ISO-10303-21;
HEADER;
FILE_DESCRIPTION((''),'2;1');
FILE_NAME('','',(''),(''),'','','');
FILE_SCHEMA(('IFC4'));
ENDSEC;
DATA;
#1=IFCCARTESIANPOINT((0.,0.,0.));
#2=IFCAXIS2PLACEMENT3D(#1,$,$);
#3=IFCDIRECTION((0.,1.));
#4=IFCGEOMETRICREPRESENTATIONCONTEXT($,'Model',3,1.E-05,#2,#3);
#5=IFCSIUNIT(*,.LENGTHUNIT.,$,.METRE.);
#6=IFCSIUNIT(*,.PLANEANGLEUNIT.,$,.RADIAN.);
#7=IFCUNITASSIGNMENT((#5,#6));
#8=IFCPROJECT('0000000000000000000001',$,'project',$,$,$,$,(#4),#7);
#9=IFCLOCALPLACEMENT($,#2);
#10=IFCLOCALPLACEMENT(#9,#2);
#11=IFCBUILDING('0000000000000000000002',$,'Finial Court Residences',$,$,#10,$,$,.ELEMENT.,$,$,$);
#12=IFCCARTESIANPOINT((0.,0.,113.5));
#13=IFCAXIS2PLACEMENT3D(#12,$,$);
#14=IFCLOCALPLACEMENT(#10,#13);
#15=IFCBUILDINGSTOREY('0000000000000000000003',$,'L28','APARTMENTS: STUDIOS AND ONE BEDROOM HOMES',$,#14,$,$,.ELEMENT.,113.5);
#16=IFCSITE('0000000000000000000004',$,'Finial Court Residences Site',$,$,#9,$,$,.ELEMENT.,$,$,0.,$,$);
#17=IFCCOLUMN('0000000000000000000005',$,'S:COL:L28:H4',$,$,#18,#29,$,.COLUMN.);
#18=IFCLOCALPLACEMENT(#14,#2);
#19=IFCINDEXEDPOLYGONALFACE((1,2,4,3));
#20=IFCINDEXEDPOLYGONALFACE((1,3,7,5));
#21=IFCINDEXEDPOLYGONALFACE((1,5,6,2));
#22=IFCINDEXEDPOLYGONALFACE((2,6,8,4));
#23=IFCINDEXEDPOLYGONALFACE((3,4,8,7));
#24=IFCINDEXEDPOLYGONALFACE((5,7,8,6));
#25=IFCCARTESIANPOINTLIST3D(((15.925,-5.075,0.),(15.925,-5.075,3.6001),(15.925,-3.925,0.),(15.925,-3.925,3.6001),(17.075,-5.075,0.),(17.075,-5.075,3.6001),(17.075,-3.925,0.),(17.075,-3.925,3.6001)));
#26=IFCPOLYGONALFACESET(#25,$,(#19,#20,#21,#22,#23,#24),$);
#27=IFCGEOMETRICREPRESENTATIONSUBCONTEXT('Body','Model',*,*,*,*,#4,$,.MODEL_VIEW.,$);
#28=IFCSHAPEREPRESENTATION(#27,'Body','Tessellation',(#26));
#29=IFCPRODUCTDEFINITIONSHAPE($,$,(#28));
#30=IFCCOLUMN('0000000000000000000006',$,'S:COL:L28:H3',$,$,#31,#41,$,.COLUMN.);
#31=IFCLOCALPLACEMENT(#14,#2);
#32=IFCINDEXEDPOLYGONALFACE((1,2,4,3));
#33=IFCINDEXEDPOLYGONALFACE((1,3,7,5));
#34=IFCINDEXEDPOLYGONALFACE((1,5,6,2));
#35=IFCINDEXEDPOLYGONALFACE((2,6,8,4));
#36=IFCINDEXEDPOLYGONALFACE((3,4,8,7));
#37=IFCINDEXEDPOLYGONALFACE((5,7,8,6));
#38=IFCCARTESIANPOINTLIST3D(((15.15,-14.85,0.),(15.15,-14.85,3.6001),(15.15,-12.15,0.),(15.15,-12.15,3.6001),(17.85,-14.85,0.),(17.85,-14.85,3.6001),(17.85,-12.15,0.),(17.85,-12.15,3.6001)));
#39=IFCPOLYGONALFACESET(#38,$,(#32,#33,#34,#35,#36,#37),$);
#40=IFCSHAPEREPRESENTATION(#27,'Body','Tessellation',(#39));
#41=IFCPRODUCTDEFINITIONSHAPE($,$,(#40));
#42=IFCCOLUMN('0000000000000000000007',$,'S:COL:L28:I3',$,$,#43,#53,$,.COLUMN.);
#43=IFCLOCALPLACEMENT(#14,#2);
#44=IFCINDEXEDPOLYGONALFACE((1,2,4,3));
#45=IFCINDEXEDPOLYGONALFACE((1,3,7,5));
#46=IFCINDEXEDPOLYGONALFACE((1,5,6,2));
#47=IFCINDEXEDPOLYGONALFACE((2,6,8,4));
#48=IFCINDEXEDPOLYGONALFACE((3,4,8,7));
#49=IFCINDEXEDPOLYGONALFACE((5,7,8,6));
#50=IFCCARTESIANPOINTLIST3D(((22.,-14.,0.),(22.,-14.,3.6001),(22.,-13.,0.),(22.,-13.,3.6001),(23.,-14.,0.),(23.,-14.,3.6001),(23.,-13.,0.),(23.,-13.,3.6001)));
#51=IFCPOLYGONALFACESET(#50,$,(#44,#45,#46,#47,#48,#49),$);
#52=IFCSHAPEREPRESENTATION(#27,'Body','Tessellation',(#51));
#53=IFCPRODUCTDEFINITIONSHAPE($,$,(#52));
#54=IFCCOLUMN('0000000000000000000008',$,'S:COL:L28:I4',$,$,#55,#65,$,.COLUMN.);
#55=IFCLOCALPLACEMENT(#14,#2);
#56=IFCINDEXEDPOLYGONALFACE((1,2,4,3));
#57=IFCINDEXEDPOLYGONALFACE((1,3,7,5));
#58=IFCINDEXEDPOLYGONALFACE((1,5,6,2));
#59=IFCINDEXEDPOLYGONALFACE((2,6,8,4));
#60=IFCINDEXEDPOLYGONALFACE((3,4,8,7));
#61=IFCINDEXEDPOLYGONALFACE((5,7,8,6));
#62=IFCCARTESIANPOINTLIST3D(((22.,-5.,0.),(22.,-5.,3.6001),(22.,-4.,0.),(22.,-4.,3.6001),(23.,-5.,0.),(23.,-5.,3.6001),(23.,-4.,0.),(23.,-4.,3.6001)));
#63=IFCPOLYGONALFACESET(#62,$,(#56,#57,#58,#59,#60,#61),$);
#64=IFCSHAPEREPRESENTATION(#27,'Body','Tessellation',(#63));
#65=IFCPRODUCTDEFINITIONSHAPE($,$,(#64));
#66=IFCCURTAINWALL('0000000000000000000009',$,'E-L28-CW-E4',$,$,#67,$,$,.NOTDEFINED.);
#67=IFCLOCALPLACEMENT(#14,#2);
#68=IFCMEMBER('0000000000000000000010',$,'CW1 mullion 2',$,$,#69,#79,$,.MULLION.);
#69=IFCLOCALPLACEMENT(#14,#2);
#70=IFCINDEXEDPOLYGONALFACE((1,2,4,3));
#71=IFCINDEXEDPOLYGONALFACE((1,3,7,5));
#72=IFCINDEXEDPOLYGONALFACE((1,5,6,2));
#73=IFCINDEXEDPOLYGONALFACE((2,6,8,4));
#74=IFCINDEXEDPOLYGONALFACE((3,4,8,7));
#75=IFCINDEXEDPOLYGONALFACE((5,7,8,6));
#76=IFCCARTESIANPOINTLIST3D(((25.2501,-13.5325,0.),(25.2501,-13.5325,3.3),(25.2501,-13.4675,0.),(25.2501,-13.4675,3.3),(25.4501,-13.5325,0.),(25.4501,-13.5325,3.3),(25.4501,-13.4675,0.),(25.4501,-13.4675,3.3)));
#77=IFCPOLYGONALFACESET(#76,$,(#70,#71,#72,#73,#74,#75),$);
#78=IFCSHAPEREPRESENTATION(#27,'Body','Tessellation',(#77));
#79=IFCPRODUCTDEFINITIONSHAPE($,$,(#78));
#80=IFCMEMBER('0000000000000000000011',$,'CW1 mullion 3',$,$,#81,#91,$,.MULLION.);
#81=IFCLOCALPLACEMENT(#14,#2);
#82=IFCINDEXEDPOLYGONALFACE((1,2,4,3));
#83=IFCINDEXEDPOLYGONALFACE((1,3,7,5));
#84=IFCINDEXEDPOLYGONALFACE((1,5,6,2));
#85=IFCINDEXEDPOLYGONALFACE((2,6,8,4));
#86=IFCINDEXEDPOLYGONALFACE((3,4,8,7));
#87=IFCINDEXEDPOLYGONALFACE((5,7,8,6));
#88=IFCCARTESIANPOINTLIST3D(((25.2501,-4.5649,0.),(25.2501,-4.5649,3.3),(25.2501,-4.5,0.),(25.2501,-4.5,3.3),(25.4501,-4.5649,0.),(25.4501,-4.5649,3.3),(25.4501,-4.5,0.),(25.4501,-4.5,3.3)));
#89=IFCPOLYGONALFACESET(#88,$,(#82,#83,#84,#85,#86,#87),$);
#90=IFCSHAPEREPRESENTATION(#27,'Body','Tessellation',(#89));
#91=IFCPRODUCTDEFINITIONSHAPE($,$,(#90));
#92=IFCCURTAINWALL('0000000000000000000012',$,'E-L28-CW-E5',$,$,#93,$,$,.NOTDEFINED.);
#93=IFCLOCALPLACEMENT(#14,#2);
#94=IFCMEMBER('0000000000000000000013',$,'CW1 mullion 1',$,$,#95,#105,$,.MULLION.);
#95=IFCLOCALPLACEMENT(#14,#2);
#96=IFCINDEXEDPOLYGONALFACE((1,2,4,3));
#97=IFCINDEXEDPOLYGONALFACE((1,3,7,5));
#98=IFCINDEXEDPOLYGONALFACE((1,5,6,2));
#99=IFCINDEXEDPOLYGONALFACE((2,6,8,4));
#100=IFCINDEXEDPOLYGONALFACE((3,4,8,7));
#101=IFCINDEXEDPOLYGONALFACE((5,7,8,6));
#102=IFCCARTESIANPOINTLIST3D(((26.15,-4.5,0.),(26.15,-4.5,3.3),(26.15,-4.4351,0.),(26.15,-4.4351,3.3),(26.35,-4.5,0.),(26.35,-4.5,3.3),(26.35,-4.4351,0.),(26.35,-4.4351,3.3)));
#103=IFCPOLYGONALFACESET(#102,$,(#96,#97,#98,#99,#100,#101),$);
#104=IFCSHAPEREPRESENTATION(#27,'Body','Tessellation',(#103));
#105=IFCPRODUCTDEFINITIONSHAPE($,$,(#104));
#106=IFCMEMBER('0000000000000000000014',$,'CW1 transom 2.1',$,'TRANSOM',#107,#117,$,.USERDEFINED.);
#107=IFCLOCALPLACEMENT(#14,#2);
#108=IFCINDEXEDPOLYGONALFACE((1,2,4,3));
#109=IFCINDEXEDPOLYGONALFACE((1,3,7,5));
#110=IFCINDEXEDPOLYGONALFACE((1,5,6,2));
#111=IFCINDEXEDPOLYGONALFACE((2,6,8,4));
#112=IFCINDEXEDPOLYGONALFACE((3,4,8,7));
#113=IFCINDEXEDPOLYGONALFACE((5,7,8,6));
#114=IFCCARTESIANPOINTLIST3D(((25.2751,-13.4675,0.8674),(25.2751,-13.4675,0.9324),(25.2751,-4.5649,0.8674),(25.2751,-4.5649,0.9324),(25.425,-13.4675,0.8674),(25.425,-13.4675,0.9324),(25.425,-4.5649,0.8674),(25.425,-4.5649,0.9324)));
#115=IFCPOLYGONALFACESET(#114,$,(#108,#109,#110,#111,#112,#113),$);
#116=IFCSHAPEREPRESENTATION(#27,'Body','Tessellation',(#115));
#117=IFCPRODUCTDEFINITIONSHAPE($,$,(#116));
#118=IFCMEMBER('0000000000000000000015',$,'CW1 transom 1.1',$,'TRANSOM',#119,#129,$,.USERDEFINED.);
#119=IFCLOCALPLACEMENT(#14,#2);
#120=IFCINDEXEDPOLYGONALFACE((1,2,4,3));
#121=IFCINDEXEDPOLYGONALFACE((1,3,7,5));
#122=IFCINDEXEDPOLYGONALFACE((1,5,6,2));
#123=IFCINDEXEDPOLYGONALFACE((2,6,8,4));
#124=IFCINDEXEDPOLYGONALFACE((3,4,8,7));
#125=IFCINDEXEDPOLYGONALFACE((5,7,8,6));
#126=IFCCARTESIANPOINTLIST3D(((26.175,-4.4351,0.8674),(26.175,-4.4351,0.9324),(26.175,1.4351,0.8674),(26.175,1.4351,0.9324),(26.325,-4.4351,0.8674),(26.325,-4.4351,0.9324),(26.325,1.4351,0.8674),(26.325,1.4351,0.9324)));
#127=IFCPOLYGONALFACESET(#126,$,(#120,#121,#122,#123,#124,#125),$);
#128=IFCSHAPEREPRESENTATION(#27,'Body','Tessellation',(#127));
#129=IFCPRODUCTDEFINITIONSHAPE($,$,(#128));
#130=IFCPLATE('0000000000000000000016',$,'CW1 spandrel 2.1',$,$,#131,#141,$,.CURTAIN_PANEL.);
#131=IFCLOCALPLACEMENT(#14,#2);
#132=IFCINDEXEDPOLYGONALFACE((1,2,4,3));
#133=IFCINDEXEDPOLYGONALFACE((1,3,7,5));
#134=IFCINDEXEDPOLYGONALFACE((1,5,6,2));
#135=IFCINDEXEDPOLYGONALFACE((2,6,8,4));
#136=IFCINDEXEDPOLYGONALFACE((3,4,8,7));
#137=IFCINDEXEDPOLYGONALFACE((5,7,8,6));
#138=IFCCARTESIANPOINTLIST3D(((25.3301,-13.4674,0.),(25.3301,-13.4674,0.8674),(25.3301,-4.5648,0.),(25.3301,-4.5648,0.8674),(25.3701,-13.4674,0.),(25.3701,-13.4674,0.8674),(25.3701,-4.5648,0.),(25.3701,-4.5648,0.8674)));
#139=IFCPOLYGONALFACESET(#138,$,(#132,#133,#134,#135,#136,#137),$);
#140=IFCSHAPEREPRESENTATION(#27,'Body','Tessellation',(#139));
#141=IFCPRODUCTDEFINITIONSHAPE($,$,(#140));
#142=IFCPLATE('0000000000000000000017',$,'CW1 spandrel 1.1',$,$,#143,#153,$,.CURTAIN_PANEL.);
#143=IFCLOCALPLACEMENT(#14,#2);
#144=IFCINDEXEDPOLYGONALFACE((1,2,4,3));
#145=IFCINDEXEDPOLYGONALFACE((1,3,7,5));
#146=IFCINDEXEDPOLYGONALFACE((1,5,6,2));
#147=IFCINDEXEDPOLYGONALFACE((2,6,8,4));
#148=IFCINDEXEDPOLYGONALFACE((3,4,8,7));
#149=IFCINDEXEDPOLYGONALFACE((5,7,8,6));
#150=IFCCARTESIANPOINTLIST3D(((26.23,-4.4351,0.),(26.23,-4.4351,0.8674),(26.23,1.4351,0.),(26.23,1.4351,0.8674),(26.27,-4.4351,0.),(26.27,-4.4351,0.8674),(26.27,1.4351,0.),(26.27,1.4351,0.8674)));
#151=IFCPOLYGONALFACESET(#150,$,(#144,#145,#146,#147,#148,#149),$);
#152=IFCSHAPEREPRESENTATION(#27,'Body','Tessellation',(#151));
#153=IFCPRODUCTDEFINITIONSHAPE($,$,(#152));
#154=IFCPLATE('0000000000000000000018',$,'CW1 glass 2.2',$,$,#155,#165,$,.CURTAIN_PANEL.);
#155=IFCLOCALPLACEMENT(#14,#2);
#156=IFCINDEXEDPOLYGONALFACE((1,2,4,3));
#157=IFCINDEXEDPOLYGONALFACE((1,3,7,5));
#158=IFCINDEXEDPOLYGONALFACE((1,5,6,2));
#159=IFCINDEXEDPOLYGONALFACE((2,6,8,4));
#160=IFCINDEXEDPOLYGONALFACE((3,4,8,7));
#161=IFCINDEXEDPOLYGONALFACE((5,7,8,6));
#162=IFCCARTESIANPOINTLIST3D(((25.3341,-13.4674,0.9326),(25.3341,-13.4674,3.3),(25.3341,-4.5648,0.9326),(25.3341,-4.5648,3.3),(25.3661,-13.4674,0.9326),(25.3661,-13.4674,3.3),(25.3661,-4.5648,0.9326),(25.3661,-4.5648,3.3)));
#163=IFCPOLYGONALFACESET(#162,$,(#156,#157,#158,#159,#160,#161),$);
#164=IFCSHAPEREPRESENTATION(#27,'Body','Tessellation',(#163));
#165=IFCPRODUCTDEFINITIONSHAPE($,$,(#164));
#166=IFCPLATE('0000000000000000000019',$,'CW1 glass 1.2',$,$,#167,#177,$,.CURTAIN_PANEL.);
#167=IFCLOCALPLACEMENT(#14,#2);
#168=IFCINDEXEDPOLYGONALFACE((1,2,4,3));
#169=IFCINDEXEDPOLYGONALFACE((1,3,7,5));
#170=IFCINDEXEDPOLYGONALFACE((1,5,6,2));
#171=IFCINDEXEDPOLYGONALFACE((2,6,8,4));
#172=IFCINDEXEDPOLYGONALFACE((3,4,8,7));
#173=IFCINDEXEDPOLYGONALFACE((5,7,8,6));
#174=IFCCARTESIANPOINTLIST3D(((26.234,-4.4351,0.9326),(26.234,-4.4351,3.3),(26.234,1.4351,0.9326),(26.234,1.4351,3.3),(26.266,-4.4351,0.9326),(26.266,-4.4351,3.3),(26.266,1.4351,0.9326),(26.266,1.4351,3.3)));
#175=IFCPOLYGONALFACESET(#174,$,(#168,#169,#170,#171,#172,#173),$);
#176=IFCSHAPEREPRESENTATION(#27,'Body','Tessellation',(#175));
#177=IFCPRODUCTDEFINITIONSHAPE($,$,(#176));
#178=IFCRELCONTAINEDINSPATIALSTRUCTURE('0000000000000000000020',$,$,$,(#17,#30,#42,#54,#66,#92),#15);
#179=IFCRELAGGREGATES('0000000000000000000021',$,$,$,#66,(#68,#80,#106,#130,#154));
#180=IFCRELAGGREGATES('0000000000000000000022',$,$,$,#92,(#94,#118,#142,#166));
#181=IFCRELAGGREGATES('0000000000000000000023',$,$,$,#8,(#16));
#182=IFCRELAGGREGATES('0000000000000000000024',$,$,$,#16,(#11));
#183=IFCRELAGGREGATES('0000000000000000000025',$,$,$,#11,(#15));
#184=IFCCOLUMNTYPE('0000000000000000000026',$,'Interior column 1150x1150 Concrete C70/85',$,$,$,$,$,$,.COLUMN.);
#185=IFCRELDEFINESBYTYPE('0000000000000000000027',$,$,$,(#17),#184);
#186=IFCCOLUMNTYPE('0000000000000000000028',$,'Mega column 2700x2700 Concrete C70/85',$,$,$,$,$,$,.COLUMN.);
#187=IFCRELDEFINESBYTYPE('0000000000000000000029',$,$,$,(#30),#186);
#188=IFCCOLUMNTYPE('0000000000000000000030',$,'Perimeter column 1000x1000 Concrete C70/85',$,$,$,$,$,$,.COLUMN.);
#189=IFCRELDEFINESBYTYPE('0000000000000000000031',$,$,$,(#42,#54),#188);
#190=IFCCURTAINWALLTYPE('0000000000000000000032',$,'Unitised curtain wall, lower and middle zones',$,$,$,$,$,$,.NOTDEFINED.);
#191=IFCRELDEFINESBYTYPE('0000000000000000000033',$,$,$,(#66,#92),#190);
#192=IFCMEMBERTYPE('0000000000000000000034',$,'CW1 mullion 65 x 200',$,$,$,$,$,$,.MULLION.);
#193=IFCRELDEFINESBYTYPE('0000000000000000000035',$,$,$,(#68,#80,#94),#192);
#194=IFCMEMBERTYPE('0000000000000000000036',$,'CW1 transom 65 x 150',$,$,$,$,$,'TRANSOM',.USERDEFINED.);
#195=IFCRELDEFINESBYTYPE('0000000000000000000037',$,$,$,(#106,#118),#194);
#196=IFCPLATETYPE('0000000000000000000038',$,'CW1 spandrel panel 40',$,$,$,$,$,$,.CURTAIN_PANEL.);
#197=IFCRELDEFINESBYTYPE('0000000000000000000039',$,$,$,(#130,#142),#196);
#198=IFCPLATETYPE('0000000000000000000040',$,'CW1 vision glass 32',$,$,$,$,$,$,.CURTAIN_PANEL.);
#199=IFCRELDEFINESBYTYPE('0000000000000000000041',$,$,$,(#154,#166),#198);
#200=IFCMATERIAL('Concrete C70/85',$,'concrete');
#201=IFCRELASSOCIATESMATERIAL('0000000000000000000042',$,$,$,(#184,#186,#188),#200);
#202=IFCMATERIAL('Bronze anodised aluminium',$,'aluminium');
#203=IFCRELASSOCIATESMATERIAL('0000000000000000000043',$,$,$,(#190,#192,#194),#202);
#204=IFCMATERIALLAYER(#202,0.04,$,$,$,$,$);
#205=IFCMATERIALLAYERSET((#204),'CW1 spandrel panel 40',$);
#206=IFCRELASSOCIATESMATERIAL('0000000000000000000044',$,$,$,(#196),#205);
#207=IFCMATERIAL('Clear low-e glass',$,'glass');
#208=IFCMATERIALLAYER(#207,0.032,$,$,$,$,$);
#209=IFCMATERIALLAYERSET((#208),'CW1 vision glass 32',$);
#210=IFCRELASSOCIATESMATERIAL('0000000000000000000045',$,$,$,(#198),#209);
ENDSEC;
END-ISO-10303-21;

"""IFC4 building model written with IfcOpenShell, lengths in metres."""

from ifc_helpers import new_model, si_unit, direction, frame, origin, origin_2d, place, context, subcontext, project, spatial, rectangle, extrude, material, layer, layer_set, material_profile, profile_set, type_object, element, aggregate, save


model = new_model("IFC4")

# Units and contexts
model_context = context("Model", 3, precision=1e-05, world=origin(), true_north=direction((0.0, 1.0)))
body_context = subcontext(model_context, "Body", "Model", "MODEL_VIEW")
ifc_project = project(units=[si_unit("LENGTHUNIT", "METRE"), si_unit("PLANEANGLEUNIT", "RADIAN")], contexts=[model_context])

# Site, building, storey
site_placement = place(None, origin())
site = spatial("IfcSite", under=ifc_project, at=site_placement, Name="Finial Court Residences Site", CompositionType="ELEMENT", RefElevation=0.0)
building_placement = place(site_placement, origin())
building = spatial("IfcBuilding", under=site, at=building_placement, Name="Finial Court Residences", CompositionType="ELEMENT")
storey_placement = place(building_placement, frame((0.0, 0.0, 113.5)))
storey = spatial("IfcBuildingStorey", under=building, at=storey_placement, Name="L28", Description="APARTMENTS: STUDIOS AND ONE BEDROOM HOMES", CompositionType="ELEMENT", Elevation=113.5)

# Columns
ifc_material_1 = material(Name="Concrete C70/85", Category="concrete")
ifc_material_profile_1 = material_profile(ifc_material_1, rectangle(XDim=1.1499, YDim=1.1499, at=origin_2d()), Name="1150x1150")
ifc_profile_set_1 = profile_set([ifc_material_profile_1], Name="Concrete C70/85")
column_type_1 = type_object("IfcColumnType", Name="Interior column 1150x1150 Concrete C70/85", PredefinedType="COLUMN", material=ifc_profile_set_1)
column_1_placement = place(storey_placement, frame((16.5, -4.5, 0.0), z_axis=(0.0, 0.0, 1.0), x_axis=(1.0, 0.0, 0.0)))
element("IfcColumn", 1, at=column_1_placement, inside=storey, type_object=column_type_1, Name="S:COL:L28:H4", PredefinedType="COLUMN", context=body_context, shape_type="SweptSolid", body=[
    extrude(rectangle(XDim=1.1499, YDim=1.1499, at=origin_2d()), origin(), (0.0, 0.0, 1.0), 3.6001),
])
ifc_material_profile_2 = material_profile(ifc_material_1, rectangle(XDim=2.7, YDim=2.7, at=origin_2d()), Name="2700x2700")
ifc_profile_set_2 = profile_set([ifc_material_profile_2], Name="Concrete C70/85")
column_type_2 = type_object("IfcColumnType", Name="Mega column 2700x2700 Concrete C70/85", PredefinedType="COLUMN", material=ifc_profile_set_2)
column_2_placement = place(storey_placement, frame((16.5, -13.5, 0.0), z_axis=(0.0, 0.0, 1.0), x_axis=(1.0, 0.0, 0.0)))
element("IfcColumn", 2, at=column_2_placement, inside=storey, type_object=column_type_2, Name="S:COL:L28:H3", PredefinedType="COLUMN", context=body_context, shape_type="SweptSolid", body=[
    extrude(rectangle(XDim=2.7, YDim=2.7, at=origin_2d()), origin(), (0.0, 0.0, 1.0), 3.6001),
])
ifc_material_profile_3 = material_profile(ifc_material_1, rectangle(XDim=1.0, YDim=1.0, at=origin_2d()), Name="1000x1000")
ifc_profile_set_3 = profile_set([ifc_material_profile_3], Name="Concrete C70/85")
column_type_3 = type_object("IfcColumnType", Name="Perimeter column 1000x1000 Concrete C70/85", PredefinedType="COLUMN", material=ifc_profile_set_3)
for number, where, z_axis, x_axis, name in (
    (3, (22.5, -13.5, 0.0), (0.0, 0.0, 1.0), (1.0, 0.0, 0.0), "S:COL:L28:I3"),
    (4, (22.5, -4.5, 0.0), (0.0, 0.0, 1.0), (1.0, 0.0, 0.0), "S:COL:L28:I4"),
):
    element("IfcColumn", number, at=place(storey_placement, frame(where, z_axis=z_axis, x_axis=x_axis)), inside=storey, type_object=column_type_3, Name=name, PredefinedType="COLUMN", context=body_context, shape_type="SweptSolid", body=[
        extrude(rectangle(XDim=1.0, YDim=1.0, at=origin_2d()), origin(), (0.0, 0.0, 1.0), 3.6001),
    ])

# Curtain wall, members
ifc_material_2 = material(Name="Bronze anodised aluminium", Category="aluminium")
curtain_wall_type = type_object("IfcCurtainWallType", Name="Unitised curtain wall, lower and middle zones", PredefinedType="NOTDEFINED", material=ifc_material_2)
curtain_wall_1_placement = place(storey_placement, origin())
curtain_wall_1 = element("IfcCurtainWall", 5, at=curtain_wall_1_placement, inside=storey, type_object=curtain_wall_type, Name="E-L28-CW-E4", PredefinedType="NOTDEFINED")
ifc_material_profile_4 = material_profile(ifc_material_2, rectangle(XDim=0.2, YDim=0.0649, at=origin_2d()), Name="CW1 mullion 65 x 200")
ifc_profile_set_4 = profile_set([ifc_material_profile_4], Name="Bronze anodised aluminium")
member_type_1 = type_object("IfcMemberType", Name="CW1 mullion 65 x 200", PredefinedType="MULLION", material=ifc_profile_set_4)
member_1_placement = place(storey_placement, frame((25.3501, -13.5, 0.0), z_axis=(0.0, 0.0, 1.0), x_axis=(-1.0, 0.0, 0.0)))
member_1 = element("IfcMember", 6, at=member_1_placement, type_object=member_type_1, Name="CW1 mullion 2", PredefinedType="MULLION", context=body_context, shape_type="SweptSolid", body=[
    extrude(rectangle(XDim=0.2, YDim=0.0649, at=origin_2d()), origin(), (0.0, 0.0, 1.0), 3.3),
])
member_2_placement = place(storey_placement, frame((25.3501, -4.5325, 0.0), z_axis=(0.0, 0.0, 1.0), x_axis=(-1.0, 0.0, 0.0)))
member_2 = element("IfcMember", 7, at=member_2_placement, type_object=member_type_1, Name="CW1 mullion 3", PredefinedType="MULLION", context=body_context, shape_type="SweptSolid", body=[
    extrude(rectangle(XDim=0.2, YDim=0.0649, at=origin_2d()), origin(), (0.0, 0.0, 1.0), 3.3),
])

# Curtain wall, member
curtain_wall_2_placement = place(storey_placement, origin())
curtain_wall_2 = element("IfcCurtainWall", 8, at=curtain_wall_2_placement, inside=storey, type_object=curtain_wall_type, Name="E-L28-CW-E5", PredefinedType="NOTDEFINED")
member_3_placement = place(storey_placement, frame((26.25, -4.4675, 0.0), z_axis=(0.0, 0.0, 1.0), x_axis=(-1.0, 0.0, 0.0)))
member_3 = element("IfcMember", 9, at=member_3_placement, type_object=member_type_1, Name="CW1 mullion 1", PredefinedType="MULLION", context=body_context, shape_type="SweptSolid", body=[
    extrude(rectangle(XDim=0.2, YDim=0.0649, at=origin_2d()), origin(), (0.0, 0.0, 1.0), 3.3),
])

# Members
ifc_material_profile_5 = material_profile(ifc_material_2, rectangle(XDim=0.1499, YDim=0.0649, at=origin_2d()), Name="CW1 transom 65 x 150")
ifc_profile_set_5 = profile_set([ifc_material_profile_5], Name="Bronze anodised aluminium")
member_type_2 = type_object("IfcMemberType", Name="CW1 transom 65 x 150", ElementType="TRANSOM", PredefinedType="USERDEFINED", material=ifc_profile_set_5)
member_4_placement = place(storey_placement, frame((25.3501, -13.4675, 0.8999), z_axis=(0.0, 1.0, 0.0), x_axis=(-1.0, 0.0, 0.0)))
member_4 = element("IfcMember", 10, at=member_4_placement, type_object=member_type_2, Name="CW1 transom 2.1", ObjectType="TRANSOM", PredefinedType="USERDEFINED", context=body_context, shape_type="SweptSolid", body=[
    extrude(rectangle(XDim=0.1499, YDim=0.0649, at=origin_2d()), origin(), (0.0, 0.0, 1.0), 8.9026),
])
member_5_placement = place(storey_placement, frame((26.25, -4.4351, 0.8999), z_axis=(0.0, 1.0, 0.0), x_axis=(-1.0, 0.0, 0.0)))
member_5 = element("IfcMember", 11, at=member_5_placement, type_object=member_type_2, Name="CW1 transom 1.1", ObjectType="TRANSOM", PredefinedType="USERDEFINED", context=body_context, shape_type="SweptSolid", body=[
    extrude(rectangle(XDim=0.1499, YDim=0.0649, at=origin_2d()), origin(), (0.0, 0.0, 1.0), 5.8701),
])

# Plates
ifc_layer_1 = layer(ifc_material_2, 0.04)
ifc_layer_set_1 = layer_set([ifc_layer_1], Name="CW1 spandrel panel 40")
plate_type_1 = type_object("IfcPlateType", Name="CW1 spandrel panel 40", PredefinedType="CURTAIN_PANEL", material=ifc_layer_set_1)
plate_1_placement = place(storey_placement, frame((25.3501, -9.0161, 0.0), z_axis=(0.0, 0.0, 1.0), x_axis=(0.0, 1.0, 0.0)))
plate_1 = element("IfcPlate", 12, at=plate_1_placement, type_object=plate_type_1, Name="CW1 spandrel 2.1", PredefinedType="CURTAIN_PANEL", context=body_context, shape_type="SweptSolid", body=[
    extrude(rectangle(XDim=8.9026, YDim=0.04, at=origin_2d()), origin(), (0.0, 0.0, 1.0), 0.8674),
])
plate_2_placement = place(storey_placement, frame((26.25, -1.5, 0.0), z_axis=(0.0, 0.0, 1.0), x_axis=(0.0, 1.0, 0.0)))
plate_2 = element("IfcPlate", 13, at=plate_2_placement, type_object=plate_type_1, Name="CW1 spandrel 1.1", PredefinedType="CURTAIN_PANEL", context=body_context, shape_type="SweptSolid", body=[
    extrude(rectangle(XDim=5.8701, YDim=0.04, at=origin_2d()), origin(), (0.0, 0.0, 1.0), 0.8674),
])
ifc_material_3 = material(Name="Clear low-e glass", Category="glass")
ifc_layer_2 = layer(ifc_material_3, 0.032)
ifc_layer_set_2 = layer_set([ifc_layer_2], Name="CW1 vision glass 32")
plate_type_2 = type_object("IfcPlateType", Name="CW1 vision glass 32", PredefinedType="CURTAIN_PANEL", material=ifc_layer_set_2)
plate_3_placement = place(storey_placement, frame((25.3501, -9.0161, 0.9326), z_axis=(0.0, 0.0, 1.0), x_axis=(0.0, 1.0, 0.0)))
plate_3 = element("IfcPlate", 14, at=plate_3_placement, type_object=plate_type_2, Name="CW1 glass 2.2", PredefinedType="CURTAIN_PANEL", context=body_context, shape_type="SweptSolid", body=[
    extrude(rectangle(XDim=8.9026, YDim=0.032, at=origin_2d()), origin(), (0.0, 0.0, 1.0), 2.3674),
])
aggregate(curtain_wall_1, [member_1, member_2, member_4, plate_1, plate_3])
plate_4_placement = place(storey_placement, frame((26.25, -1.5, 0.9326), z_axis=(0.0, 0.0, 1.0), x_axis=(0.0, 1.0, 0.0)))
plate_4 = element("IfcPlate", 15, at=plate_4_placement, type_object=plate_type_2, Name="CW1 glass 1.2", PredefinedType="CURTAIN_PANEL", context=body_context, shape_type="SweptSolid", body=[
    extrude(rectangle(XDim=5.8701, YDim=0.032, at=origin_2d()), origin(), (0.0, 0.0, 1.0), 2.3674),
])
aggregate(curtain_wall_2, [member_3, member_5, plate_2, plate_4])

save(model, "model.ifc")
